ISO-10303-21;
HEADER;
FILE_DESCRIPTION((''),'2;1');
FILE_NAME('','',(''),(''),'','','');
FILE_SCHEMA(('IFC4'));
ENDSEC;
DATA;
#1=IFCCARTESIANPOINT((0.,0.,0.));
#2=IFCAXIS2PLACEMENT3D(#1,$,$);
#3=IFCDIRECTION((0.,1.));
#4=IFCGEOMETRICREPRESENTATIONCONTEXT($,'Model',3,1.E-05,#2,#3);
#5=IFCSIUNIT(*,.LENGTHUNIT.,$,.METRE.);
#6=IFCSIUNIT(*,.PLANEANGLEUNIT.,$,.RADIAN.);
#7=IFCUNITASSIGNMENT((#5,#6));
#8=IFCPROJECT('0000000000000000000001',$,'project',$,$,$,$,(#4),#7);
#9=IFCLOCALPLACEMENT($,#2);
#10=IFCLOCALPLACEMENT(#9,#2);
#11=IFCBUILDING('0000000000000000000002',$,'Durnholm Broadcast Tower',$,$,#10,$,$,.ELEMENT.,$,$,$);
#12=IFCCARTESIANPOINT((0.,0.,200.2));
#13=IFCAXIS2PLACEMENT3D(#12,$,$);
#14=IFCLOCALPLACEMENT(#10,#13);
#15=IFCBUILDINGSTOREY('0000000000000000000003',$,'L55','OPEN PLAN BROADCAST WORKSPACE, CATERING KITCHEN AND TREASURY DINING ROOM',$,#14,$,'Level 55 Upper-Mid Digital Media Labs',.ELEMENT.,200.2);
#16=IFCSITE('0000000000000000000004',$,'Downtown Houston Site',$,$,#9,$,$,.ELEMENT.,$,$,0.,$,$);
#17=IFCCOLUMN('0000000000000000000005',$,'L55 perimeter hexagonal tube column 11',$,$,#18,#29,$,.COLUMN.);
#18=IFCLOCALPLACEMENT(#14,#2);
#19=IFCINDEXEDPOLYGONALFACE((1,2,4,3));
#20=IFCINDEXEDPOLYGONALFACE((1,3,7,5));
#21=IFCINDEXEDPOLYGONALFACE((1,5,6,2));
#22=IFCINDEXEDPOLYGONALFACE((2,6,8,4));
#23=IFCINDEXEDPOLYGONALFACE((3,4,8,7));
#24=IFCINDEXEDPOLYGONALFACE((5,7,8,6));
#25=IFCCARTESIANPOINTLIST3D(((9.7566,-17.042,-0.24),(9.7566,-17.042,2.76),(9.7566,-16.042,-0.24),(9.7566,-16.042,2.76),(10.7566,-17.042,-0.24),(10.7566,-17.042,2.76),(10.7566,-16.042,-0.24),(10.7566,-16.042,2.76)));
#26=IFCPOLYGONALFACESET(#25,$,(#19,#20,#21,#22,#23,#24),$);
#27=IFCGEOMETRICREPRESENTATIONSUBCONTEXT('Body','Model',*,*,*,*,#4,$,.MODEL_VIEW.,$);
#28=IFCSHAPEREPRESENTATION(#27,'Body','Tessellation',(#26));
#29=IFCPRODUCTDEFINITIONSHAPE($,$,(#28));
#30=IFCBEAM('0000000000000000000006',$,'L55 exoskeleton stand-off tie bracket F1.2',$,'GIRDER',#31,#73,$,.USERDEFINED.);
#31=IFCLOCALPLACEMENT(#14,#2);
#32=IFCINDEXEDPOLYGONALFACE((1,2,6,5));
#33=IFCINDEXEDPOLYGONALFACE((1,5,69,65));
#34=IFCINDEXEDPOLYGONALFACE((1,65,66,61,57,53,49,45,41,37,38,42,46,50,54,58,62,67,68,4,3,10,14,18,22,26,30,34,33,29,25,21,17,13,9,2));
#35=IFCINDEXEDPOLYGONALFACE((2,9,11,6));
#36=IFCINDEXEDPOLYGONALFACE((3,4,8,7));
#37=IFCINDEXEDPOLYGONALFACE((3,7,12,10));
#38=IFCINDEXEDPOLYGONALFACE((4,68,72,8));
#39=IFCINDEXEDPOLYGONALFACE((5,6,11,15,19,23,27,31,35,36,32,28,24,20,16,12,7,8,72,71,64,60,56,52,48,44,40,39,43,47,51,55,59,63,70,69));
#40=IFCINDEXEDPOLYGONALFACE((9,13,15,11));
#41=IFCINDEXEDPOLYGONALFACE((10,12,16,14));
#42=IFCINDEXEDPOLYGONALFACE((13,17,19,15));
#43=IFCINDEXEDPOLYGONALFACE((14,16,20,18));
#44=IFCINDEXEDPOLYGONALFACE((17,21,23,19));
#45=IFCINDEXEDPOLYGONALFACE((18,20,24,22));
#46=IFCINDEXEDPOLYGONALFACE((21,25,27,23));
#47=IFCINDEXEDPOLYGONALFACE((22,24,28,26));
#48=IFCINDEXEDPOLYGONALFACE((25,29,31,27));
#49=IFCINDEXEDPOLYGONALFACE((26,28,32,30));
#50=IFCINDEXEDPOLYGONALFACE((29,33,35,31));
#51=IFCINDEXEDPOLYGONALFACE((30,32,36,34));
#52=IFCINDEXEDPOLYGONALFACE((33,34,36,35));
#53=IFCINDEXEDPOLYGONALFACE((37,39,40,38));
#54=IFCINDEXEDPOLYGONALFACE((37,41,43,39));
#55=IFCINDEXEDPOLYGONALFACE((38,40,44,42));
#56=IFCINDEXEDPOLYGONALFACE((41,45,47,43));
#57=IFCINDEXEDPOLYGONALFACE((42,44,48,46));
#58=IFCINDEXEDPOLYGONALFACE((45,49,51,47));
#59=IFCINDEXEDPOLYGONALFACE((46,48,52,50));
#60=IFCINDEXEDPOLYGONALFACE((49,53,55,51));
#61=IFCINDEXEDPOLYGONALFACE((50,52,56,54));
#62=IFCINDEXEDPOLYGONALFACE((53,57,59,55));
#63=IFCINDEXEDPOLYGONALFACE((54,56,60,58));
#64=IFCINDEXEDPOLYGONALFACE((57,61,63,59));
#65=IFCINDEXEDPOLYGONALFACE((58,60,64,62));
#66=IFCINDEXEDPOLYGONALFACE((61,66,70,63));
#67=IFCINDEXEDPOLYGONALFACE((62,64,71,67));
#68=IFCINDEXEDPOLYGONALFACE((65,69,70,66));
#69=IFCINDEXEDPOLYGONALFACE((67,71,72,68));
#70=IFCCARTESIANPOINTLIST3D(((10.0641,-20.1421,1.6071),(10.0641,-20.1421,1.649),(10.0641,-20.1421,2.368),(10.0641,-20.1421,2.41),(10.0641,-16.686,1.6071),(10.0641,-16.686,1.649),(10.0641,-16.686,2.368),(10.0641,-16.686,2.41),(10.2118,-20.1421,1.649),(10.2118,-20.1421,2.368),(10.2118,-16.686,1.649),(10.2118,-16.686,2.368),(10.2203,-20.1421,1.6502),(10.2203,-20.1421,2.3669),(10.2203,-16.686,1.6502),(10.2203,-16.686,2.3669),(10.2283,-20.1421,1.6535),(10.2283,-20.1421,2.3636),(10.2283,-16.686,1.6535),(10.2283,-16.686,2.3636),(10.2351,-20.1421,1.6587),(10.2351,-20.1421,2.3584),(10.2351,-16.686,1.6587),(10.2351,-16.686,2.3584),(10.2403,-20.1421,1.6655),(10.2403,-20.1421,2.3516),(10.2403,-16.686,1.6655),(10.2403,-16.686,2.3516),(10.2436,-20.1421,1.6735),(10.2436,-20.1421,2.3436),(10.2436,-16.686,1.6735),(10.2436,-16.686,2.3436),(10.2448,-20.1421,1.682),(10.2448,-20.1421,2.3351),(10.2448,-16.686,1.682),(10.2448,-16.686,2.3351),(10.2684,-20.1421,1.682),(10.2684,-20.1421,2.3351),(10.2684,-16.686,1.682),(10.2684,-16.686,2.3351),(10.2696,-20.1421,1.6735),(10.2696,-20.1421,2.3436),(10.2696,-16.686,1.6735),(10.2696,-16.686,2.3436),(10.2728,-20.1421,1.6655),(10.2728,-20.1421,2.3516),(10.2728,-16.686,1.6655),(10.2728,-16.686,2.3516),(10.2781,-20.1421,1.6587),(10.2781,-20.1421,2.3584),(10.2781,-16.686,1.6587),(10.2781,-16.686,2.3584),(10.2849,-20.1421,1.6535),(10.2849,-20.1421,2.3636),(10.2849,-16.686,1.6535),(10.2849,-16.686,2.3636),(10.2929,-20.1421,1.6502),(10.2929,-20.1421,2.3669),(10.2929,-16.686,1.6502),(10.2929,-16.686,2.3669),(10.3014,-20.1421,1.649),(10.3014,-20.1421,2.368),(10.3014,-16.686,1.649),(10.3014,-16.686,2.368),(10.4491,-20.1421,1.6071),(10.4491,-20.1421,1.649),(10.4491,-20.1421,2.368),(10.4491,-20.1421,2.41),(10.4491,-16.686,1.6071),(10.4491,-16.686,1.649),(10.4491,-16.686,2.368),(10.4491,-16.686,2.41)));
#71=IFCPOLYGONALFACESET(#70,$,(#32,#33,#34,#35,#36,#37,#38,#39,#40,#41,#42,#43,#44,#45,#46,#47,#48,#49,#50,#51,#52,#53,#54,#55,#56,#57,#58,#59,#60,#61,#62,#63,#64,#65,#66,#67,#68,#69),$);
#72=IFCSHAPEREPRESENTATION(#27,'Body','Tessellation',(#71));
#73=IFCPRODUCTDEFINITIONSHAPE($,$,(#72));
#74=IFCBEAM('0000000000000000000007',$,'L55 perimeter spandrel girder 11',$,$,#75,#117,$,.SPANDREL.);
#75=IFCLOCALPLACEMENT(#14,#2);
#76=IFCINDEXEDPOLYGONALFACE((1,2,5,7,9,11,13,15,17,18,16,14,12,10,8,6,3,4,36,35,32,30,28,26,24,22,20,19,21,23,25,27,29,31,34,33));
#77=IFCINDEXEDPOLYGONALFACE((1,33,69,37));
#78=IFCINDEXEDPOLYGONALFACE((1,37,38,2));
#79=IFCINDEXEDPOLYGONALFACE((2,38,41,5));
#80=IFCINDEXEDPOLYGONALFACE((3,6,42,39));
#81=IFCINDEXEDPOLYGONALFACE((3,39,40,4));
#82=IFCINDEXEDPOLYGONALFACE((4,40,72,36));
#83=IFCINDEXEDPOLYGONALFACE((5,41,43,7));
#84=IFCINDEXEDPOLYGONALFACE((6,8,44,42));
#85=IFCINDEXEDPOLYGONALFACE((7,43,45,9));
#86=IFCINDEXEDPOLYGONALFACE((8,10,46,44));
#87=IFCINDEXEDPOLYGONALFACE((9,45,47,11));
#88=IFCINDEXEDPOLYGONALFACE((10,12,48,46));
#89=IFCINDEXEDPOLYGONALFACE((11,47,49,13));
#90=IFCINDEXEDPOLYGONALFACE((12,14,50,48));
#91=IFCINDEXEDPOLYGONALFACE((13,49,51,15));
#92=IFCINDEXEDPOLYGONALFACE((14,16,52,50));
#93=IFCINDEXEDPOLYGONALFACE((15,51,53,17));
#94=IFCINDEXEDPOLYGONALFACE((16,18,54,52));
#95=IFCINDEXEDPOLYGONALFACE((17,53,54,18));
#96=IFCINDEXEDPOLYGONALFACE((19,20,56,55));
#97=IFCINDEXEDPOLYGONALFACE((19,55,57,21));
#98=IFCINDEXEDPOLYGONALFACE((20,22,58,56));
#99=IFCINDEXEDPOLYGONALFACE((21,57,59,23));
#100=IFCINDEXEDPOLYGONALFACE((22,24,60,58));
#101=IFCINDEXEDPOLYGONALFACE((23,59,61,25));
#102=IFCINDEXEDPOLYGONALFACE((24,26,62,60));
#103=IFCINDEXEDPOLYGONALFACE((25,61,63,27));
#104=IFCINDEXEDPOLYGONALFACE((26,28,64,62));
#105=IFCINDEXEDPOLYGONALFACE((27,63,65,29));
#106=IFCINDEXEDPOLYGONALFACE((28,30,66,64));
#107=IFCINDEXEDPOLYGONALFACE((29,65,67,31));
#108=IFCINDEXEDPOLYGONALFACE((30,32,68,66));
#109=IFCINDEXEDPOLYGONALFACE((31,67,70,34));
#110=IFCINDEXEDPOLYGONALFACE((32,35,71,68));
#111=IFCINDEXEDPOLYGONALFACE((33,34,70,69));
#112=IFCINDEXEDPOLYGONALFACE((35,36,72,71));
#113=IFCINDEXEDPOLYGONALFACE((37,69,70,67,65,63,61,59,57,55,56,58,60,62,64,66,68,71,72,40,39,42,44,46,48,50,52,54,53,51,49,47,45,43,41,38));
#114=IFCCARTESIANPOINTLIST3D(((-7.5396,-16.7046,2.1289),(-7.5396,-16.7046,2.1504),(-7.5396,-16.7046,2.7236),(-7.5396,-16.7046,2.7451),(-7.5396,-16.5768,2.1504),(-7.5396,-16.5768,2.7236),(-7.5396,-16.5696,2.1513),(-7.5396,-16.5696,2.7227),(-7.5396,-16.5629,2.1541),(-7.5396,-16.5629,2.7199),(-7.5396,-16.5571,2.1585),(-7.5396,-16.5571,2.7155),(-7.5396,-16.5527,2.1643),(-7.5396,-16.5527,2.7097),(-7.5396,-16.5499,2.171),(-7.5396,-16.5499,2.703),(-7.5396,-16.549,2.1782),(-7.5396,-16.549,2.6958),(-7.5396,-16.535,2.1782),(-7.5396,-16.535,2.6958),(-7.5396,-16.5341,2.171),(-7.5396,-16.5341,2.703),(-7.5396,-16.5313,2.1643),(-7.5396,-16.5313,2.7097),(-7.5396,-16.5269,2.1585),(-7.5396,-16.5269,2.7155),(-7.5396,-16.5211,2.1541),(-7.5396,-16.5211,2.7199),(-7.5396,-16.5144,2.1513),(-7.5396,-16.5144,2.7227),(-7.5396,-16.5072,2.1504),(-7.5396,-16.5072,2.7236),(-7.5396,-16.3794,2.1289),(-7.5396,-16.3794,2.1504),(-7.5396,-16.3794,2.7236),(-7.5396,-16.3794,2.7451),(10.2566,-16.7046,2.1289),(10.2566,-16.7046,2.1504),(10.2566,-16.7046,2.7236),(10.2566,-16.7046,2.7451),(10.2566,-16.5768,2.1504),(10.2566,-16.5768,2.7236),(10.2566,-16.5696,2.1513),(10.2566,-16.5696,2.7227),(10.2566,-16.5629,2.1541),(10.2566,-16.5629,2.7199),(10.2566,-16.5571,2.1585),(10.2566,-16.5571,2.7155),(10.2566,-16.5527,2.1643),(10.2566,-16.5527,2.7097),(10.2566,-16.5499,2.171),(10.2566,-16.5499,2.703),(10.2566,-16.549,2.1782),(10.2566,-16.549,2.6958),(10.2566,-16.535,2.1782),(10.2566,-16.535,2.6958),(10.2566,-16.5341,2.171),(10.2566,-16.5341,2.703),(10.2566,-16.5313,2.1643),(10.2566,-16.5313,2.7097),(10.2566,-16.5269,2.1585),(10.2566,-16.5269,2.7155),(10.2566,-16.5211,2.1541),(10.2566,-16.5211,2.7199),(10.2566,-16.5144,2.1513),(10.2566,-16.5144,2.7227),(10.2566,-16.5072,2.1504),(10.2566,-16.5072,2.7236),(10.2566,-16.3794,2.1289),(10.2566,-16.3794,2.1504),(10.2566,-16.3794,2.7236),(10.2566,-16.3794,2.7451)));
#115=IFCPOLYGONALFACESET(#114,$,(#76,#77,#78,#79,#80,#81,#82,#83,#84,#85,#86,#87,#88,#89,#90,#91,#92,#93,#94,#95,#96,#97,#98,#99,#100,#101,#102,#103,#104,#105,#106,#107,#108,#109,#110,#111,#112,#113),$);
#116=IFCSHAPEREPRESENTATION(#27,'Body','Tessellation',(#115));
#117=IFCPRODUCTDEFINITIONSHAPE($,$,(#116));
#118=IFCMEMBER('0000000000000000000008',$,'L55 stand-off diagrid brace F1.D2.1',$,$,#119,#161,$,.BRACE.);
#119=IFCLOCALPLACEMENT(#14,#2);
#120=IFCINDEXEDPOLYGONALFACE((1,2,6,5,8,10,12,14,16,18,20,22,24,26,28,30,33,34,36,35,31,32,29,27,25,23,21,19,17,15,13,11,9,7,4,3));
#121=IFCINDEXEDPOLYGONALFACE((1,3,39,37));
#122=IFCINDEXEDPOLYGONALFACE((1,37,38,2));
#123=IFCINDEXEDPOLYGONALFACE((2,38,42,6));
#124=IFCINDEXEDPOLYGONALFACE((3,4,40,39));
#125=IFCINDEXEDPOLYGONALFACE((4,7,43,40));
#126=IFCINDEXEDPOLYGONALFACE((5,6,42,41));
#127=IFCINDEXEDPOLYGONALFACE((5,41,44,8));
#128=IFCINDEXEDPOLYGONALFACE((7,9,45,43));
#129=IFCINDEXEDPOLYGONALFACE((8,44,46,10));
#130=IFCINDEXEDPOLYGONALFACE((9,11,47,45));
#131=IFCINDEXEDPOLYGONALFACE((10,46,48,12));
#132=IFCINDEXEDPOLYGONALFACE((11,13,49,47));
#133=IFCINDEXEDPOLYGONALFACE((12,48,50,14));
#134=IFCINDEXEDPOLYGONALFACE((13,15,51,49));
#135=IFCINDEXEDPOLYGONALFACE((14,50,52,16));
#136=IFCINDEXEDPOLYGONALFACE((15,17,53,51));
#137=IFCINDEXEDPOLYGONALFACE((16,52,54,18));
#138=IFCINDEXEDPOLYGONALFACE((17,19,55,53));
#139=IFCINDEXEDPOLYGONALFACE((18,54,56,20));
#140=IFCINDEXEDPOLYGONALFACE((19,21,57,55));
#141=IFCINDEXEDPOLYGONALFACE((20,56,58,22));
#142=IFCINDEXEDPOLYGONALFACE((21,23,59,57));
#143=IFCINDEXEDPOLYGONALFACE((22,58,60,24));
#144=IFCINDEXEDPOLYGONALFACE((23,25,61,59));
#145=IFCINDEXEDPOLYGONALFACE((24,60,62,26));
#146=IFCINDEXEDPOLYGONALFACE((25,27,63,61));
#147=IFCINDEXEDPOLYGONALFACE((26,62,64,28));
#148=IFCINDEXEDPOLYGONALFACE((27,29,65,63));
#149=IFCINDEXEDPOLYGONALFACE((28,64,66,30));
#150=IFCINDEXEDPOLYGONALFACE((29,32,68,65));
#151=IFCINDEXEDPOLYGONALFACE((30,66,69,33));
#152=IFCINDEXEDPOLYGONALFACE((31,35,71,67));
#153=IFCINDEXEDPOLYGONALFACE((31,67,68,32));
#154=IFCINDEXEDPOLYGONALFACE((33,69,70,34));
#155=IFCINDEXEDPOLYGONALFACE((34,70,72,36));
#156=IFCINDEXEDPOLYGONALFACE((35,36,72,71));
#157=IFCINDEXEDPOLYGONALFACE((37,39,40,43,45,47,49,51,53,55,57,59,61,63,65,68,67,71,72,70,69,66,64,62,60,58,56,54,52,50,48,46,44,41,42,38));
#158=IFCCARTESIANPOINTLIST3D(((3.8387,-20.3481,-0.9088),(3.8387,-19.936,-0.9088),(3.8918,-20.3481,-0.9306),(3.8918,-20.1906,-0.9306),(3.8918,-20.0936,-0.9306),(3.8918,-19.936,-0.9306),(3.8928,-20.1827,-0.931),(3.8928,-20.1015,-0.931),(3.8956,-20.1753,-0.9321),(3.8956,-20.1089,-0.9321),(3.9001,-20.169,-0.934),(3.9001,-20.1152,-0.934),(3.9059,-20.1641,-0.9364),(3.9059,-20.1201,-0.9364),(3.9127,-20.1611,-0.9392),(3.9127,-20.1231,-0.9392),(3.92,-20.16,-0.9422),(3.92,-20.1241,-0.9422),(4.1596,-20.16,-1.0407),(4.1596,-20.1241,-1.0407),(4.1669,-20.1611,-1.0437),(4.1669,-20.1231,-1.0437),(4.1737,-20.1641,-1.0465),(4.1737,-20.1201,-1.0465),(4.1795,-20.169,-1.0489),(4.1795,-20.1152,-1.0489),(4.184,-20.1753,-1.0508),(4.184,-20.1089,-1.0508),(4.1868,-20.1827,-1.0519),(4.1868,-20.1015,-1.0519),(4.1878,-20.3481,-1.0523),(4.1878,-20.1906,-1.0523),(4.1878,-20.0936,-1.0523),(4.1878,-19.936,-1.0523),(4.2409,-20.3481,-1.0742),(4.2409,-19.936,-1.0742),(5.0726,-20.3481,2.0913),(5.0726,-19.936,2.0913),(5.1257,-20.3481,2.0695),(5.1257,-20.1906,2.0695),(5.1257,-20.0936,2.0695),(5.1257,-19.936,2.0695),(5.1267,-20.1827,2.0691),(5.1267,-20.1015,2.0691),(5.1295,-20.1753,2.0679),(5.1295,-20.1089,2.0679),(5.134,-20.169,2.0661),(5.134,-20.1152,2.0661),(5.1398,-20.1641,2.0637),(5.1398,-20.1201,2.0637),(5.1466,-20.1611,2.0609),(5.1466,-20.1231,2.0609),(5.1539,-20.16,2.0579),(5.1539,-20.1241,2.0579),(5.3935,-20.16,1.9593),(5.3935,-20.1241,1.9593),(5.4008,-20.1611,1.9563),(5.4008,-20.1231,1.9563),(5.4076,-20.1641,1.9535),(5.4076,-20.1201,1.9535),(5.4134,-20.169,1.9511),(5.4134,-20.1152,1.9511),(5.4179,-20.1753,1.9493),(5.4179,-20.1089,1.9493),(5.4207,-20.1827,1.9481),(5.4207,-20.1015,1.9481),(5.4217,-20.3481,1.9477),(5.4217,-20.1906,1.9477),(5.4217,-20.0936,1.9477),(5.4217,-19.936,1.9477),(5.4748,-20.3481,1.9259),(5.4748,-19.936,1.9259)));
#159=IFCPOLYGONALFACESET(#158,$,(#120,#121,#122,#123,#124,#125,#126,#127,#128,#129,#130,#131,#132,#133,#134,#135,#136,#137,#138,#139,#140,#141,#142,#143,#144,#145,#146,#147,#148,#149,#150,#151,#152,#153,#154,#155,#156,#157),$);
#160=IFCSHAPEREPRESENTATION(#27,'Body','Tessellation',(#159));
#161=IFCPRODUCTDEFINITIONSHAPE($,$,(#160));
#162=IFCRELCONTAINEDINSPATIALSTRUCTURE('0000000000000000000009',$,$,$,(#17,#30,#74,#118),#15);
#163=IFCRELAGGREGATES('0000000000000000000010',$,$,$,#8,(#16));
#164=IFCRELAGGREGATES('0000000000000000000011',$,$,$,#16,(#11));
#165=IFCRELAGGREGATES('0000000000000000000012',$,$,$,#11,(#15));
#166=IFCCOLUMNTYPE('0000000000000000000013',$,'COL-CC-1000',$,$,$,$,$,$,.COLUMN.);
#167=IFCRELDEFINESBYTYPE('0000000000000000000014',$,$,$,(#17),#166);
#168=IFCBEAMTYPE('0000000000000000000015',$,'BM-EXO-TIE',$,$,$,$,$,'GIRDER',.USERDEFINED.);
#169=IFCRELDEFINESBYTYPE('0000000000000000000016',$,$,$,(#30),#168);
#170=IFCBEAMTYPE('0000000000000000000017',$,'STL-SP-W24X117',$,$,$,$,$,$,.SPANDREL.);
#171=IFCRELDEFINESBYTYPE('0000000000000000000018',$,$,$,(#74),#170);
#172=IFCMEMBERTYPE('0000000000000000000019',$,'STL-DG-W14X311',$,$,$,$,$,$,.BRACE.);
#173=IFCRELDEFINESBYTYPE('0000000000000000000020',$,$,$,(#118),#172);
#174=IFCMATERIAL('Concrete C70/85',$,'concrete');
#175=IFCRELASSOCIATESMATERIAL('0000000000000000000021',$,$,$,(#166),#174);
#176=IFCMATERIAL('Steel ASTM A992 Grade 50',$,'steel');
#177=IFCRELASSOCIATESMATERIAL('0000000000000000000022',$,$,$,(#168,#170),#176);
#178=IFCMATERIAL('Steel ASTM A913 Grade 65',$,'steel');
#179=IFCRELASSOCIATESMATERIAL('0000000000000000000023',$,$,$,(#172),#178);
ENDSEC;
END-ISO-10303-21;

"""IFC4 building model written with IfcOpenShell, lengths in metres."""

from ifc_helpers import new_model, si_unit, direction, frame, origin, origin_2d, place, context, subcontext, project, spatial, rectangle, i_section, extrude, source, transform, mapped, material, material_profile, profile_set, type_object, type_shapes, element, save


model = new_model("IFC4")

# Units and contexts
model_context = context("Model", 3, precision=1e-05, world=origin(), true_north=direction((0.0, 1.0)))
body_context = subcontext(model_context, "Body", "Model", "MODEL_VIEW")
ifc_project = project(units=[si_unit("LENGTHUNIT", "METRE"), si_unit("PLANEANGLEUNIT", "RADIAN")], contexts=[model_context])

# Site, building, storey
site_placement = place(None, origin())
site = spatial("IfcSite", under=ifc_project, at=site_placement, Name="Downtown Houston Site", CompositionType="ELEMENT", RefElevation=0.0)
building_placement = place(site_placement, origin())
building = spatial("IfcBuilding", under=site, at=building_placement, Name="Durnholm Broadcast Tower", CompositionType="ELEMENT")
storey_placement = place(building_placement, frame((0.0, 0.0, 200.2)))
storey = spatial("IfcBuildingStorey", under=building, at=storey_placement, Name="L55", Description="OPEN PLAN BROADCAST WORKSPACE, CATERING KITCHEN AND TREASURY DINING ROOM", LongName="Level 55 Upper-Mid Digital Media Labs", CompositionType="ELEMENT", Elevation=200.2)

# Column
ifc_material_1 = material(Name="Concrete C70/85", Category="concrete")
ifc_material_profile_1 = material_profile(ifc_material_1, rectangle(XDim=1.0, YDim=1.0, at=origin_2d()), Name="RC1000X1000")
ifc_profile_set_1 = profile_set([ifc_material_profile_1], Name="Concrete C70/85")
column_type = type_object("IfcColumnType", Name="COL-CC-1000", PredefinedType="COLUMN", material=ifc_profile_set_1)
shared_shape_1 = source(origin(), body_context, "Body", "SweptSolid", [
    extrude(rectangle(XDim=1.0, YDim=1.0, at=origin_2d()), origin(), (0.0, 0.0, 1.0), 3.0),
])
type_shapes(column_type, [shared_shape_1])
column_placement = place(storey_placement, frame((10.2566, -16.542, -0.24), z_axis=(0.0, 0.0, 1.0), x_axis=(1.0, 0.0, 0.0)))
element("IfcColumn", 1, at=column_placement, inside=storey, type_object=column_type, Name="L55 perimeter hexagonal tube column 11", PredefinedType="COLUMN", context=body_context, shape_type="MappedRepresentation", body=[
    mapped(shared_shape_1, transform((0.0, 0.0, 0.0), x_axis=(1.0, 0.0, 0.0), y_axis=(0.0, 1.0, 0.0), z_axis=(0.0, 0.0, 1.0), scale=1.0)),
])

# Beams
ifc_material_2 = material(Name="Steel ASTM A992 Grade 50", Category="steel")
ifc_material_profile_2 = material_profile(ifc_material_2, i_section(OverallWidth=0.385, OverallDepth=0.803, WebThickness=0.0237, FlangeThickness=0.042, FilletRadius=0.033, at=origin_2d()), Name="W30X261")
ifc_profile_set_2 = profile_set([ifc_material_profile_2], Name="Steel ASTM A992 Grade 50")
beam_type_1 = type_object("IfcBeamType", Name="BM-EXO-TIE", ElementType="GIRDER", PredefinedType="USERDEFINED", material=ifc_profile_set_2)
shared_shape_2 = source(origin(), body_context, "Body", "SweptSolid", [
    extrude(i_section(OverallWidth=0.385, OverallDepth=0.803, WebThickness=0.0237, FlangeThickness=0.042, FilletRadius=0.033, at=origin_2d()), origin(), (0.0, 0.0, 1.0), 3.4561),
])
type_shapes(beam_type_1, [shared_shape_2])
beam_1_placement = place(storey_placement, frame((10.2566, -16.686, 2.0085), z_axis=(0.0, -1.0, 0.0), x_axis=(1.0, 0.0, 0.0)))
element("IfcBeam", 2, at=beam_1_placement, inside=storey, type_object=beam_type_1, Name="L55 exoskeleton stand-off tie bracket F1.2", ObjectType="GIRDER", PredefinedType="USERDEFINED", context=body_context, shape_type="MappedRepresentation", body=[
    mapped(shared_shape_2, transform((0.0, 0.0, 0.0), x_axis=(1.0, 0.0, 0.0), y_axis=(0.0, 1.0, 0.0), z_axis=(0.0, 0.0, 1.0), scale=1.0)),
])
ifc_material_profile_3 = material_profile(ifc_material_2, i_section(OverallWidth=0.3252, OverallDepth=0.6162, WebThickness=0.0139, FlangeThickness=0.0215, FilletRadius=0.0278, at=origin_2d()), Name="W24X117")
ifc_profile_set_3 = profile_set([ifc_material_profile_3], Name="Steel ASTM A992 Grade 50")
beam_type_2 = type_object("IfcBeamType", Name="STL-SP-W24X117", PredefinedType="SPANDREL", material=ifc_profile_set_3)
shared_shape_3 = source(origin(), body_context, "Body", "SweptSolid", [
    extrude(i_section(OverallWidth=0.3252, OverallDepth=0.6162, WebThickness=0.0139, FlangeThickness=0.0215, FilletRadius=0.0278, at=origin_2d()), origin(), (0.0, 0.0, 1.0), 17.7961),
])
type_shapes(beam_type_2, [shared_shape_3])
beam_2_placement = place(storey_placement, frame((10.2566, -16.542, 2.437), z_axis=(-1.0, 0.0, 0.0), x_axis=(0.0, -1.0, 0.0)))
element("IfcBeam", 3, at=beam_2_placement, inside=storey, type_object=beam_type_2, Name="L55 perimeter spandrel girder 11", PredefinedType="SPANDREL", context=body_context, shape_type="MappedRepresentation", body=[
    mapped(shared_shape_3, transform((0.0, 0.0, 0.0), x_axis=(1.0, 0.0, 0.0), y_axis=(0.0, 1.0, 0.0), z_axis=(0.0, 0.0, 1.0), scale=1.0)),
])

# Member
ifc_material_3 = material(Name="Steel ASTM A913 Grade 65", Category="steel")
ifc_material_profile_4 = material_profile(ifc_material_3, i_section(OverallWidth=0.4121, OverallDepth=0.4348, WebThickness=0.0359, FlangeThickness=0.0574, FilletRadius=0.0305, at=origin_2d()), Name="W14X311")
ifc_profile_set_4 = profile_set([ifc_material_profile_4], Name="Steel ASTM A913 Grade 65")
member_type_1 = type_object("IfcMemberType", Name="STL-DG-W14X311", PredefinedType="BRACE", material=ifc_profile_set_4)
shared_shape_4 = source(origin(), body_context, "Body", "SweptSolid", [
    extrude(i_section(OverallWidth=0.4121, OverallDepth=0.4348, WebThickness=0.0359, FlangeThickness=0.0574, FilletRadius=0.0305, at=origin_2d()), origin(), (0.0, 0.0, 1.0), 3.2439),
])
type_shapes(member_type_1, [shared_shape_4])
for number, where, z_axis, x_axis, name in (
    (4, (4.0398, -20.1421, -0.9915), (0.380379, 0.0, 0.924831), (0.0, 1.0, 0.0), "L55 stand-off diagrid brace F1.D2.1"),
):
    element("IfcMember", number, at=place(storey_placement, frame(where, z_axis=z_axis, x_axis=x_axis)), inside=storey, type_object=member_type_1, Name=name, PredefinedType="BRACE", context=body_context, shape_type="MappedRepresentation", body=[
        mapped(shared_shape_4, transform((0.0, 0.0, 0.0), x_axis=(1.0, 0.0, 0.0), y_axis=(0.0, 1.0, 0.0), z_axis=(0.0, 0.0, 1.0), scale=1.0)),
    ])

save(model, "model.ifc")
